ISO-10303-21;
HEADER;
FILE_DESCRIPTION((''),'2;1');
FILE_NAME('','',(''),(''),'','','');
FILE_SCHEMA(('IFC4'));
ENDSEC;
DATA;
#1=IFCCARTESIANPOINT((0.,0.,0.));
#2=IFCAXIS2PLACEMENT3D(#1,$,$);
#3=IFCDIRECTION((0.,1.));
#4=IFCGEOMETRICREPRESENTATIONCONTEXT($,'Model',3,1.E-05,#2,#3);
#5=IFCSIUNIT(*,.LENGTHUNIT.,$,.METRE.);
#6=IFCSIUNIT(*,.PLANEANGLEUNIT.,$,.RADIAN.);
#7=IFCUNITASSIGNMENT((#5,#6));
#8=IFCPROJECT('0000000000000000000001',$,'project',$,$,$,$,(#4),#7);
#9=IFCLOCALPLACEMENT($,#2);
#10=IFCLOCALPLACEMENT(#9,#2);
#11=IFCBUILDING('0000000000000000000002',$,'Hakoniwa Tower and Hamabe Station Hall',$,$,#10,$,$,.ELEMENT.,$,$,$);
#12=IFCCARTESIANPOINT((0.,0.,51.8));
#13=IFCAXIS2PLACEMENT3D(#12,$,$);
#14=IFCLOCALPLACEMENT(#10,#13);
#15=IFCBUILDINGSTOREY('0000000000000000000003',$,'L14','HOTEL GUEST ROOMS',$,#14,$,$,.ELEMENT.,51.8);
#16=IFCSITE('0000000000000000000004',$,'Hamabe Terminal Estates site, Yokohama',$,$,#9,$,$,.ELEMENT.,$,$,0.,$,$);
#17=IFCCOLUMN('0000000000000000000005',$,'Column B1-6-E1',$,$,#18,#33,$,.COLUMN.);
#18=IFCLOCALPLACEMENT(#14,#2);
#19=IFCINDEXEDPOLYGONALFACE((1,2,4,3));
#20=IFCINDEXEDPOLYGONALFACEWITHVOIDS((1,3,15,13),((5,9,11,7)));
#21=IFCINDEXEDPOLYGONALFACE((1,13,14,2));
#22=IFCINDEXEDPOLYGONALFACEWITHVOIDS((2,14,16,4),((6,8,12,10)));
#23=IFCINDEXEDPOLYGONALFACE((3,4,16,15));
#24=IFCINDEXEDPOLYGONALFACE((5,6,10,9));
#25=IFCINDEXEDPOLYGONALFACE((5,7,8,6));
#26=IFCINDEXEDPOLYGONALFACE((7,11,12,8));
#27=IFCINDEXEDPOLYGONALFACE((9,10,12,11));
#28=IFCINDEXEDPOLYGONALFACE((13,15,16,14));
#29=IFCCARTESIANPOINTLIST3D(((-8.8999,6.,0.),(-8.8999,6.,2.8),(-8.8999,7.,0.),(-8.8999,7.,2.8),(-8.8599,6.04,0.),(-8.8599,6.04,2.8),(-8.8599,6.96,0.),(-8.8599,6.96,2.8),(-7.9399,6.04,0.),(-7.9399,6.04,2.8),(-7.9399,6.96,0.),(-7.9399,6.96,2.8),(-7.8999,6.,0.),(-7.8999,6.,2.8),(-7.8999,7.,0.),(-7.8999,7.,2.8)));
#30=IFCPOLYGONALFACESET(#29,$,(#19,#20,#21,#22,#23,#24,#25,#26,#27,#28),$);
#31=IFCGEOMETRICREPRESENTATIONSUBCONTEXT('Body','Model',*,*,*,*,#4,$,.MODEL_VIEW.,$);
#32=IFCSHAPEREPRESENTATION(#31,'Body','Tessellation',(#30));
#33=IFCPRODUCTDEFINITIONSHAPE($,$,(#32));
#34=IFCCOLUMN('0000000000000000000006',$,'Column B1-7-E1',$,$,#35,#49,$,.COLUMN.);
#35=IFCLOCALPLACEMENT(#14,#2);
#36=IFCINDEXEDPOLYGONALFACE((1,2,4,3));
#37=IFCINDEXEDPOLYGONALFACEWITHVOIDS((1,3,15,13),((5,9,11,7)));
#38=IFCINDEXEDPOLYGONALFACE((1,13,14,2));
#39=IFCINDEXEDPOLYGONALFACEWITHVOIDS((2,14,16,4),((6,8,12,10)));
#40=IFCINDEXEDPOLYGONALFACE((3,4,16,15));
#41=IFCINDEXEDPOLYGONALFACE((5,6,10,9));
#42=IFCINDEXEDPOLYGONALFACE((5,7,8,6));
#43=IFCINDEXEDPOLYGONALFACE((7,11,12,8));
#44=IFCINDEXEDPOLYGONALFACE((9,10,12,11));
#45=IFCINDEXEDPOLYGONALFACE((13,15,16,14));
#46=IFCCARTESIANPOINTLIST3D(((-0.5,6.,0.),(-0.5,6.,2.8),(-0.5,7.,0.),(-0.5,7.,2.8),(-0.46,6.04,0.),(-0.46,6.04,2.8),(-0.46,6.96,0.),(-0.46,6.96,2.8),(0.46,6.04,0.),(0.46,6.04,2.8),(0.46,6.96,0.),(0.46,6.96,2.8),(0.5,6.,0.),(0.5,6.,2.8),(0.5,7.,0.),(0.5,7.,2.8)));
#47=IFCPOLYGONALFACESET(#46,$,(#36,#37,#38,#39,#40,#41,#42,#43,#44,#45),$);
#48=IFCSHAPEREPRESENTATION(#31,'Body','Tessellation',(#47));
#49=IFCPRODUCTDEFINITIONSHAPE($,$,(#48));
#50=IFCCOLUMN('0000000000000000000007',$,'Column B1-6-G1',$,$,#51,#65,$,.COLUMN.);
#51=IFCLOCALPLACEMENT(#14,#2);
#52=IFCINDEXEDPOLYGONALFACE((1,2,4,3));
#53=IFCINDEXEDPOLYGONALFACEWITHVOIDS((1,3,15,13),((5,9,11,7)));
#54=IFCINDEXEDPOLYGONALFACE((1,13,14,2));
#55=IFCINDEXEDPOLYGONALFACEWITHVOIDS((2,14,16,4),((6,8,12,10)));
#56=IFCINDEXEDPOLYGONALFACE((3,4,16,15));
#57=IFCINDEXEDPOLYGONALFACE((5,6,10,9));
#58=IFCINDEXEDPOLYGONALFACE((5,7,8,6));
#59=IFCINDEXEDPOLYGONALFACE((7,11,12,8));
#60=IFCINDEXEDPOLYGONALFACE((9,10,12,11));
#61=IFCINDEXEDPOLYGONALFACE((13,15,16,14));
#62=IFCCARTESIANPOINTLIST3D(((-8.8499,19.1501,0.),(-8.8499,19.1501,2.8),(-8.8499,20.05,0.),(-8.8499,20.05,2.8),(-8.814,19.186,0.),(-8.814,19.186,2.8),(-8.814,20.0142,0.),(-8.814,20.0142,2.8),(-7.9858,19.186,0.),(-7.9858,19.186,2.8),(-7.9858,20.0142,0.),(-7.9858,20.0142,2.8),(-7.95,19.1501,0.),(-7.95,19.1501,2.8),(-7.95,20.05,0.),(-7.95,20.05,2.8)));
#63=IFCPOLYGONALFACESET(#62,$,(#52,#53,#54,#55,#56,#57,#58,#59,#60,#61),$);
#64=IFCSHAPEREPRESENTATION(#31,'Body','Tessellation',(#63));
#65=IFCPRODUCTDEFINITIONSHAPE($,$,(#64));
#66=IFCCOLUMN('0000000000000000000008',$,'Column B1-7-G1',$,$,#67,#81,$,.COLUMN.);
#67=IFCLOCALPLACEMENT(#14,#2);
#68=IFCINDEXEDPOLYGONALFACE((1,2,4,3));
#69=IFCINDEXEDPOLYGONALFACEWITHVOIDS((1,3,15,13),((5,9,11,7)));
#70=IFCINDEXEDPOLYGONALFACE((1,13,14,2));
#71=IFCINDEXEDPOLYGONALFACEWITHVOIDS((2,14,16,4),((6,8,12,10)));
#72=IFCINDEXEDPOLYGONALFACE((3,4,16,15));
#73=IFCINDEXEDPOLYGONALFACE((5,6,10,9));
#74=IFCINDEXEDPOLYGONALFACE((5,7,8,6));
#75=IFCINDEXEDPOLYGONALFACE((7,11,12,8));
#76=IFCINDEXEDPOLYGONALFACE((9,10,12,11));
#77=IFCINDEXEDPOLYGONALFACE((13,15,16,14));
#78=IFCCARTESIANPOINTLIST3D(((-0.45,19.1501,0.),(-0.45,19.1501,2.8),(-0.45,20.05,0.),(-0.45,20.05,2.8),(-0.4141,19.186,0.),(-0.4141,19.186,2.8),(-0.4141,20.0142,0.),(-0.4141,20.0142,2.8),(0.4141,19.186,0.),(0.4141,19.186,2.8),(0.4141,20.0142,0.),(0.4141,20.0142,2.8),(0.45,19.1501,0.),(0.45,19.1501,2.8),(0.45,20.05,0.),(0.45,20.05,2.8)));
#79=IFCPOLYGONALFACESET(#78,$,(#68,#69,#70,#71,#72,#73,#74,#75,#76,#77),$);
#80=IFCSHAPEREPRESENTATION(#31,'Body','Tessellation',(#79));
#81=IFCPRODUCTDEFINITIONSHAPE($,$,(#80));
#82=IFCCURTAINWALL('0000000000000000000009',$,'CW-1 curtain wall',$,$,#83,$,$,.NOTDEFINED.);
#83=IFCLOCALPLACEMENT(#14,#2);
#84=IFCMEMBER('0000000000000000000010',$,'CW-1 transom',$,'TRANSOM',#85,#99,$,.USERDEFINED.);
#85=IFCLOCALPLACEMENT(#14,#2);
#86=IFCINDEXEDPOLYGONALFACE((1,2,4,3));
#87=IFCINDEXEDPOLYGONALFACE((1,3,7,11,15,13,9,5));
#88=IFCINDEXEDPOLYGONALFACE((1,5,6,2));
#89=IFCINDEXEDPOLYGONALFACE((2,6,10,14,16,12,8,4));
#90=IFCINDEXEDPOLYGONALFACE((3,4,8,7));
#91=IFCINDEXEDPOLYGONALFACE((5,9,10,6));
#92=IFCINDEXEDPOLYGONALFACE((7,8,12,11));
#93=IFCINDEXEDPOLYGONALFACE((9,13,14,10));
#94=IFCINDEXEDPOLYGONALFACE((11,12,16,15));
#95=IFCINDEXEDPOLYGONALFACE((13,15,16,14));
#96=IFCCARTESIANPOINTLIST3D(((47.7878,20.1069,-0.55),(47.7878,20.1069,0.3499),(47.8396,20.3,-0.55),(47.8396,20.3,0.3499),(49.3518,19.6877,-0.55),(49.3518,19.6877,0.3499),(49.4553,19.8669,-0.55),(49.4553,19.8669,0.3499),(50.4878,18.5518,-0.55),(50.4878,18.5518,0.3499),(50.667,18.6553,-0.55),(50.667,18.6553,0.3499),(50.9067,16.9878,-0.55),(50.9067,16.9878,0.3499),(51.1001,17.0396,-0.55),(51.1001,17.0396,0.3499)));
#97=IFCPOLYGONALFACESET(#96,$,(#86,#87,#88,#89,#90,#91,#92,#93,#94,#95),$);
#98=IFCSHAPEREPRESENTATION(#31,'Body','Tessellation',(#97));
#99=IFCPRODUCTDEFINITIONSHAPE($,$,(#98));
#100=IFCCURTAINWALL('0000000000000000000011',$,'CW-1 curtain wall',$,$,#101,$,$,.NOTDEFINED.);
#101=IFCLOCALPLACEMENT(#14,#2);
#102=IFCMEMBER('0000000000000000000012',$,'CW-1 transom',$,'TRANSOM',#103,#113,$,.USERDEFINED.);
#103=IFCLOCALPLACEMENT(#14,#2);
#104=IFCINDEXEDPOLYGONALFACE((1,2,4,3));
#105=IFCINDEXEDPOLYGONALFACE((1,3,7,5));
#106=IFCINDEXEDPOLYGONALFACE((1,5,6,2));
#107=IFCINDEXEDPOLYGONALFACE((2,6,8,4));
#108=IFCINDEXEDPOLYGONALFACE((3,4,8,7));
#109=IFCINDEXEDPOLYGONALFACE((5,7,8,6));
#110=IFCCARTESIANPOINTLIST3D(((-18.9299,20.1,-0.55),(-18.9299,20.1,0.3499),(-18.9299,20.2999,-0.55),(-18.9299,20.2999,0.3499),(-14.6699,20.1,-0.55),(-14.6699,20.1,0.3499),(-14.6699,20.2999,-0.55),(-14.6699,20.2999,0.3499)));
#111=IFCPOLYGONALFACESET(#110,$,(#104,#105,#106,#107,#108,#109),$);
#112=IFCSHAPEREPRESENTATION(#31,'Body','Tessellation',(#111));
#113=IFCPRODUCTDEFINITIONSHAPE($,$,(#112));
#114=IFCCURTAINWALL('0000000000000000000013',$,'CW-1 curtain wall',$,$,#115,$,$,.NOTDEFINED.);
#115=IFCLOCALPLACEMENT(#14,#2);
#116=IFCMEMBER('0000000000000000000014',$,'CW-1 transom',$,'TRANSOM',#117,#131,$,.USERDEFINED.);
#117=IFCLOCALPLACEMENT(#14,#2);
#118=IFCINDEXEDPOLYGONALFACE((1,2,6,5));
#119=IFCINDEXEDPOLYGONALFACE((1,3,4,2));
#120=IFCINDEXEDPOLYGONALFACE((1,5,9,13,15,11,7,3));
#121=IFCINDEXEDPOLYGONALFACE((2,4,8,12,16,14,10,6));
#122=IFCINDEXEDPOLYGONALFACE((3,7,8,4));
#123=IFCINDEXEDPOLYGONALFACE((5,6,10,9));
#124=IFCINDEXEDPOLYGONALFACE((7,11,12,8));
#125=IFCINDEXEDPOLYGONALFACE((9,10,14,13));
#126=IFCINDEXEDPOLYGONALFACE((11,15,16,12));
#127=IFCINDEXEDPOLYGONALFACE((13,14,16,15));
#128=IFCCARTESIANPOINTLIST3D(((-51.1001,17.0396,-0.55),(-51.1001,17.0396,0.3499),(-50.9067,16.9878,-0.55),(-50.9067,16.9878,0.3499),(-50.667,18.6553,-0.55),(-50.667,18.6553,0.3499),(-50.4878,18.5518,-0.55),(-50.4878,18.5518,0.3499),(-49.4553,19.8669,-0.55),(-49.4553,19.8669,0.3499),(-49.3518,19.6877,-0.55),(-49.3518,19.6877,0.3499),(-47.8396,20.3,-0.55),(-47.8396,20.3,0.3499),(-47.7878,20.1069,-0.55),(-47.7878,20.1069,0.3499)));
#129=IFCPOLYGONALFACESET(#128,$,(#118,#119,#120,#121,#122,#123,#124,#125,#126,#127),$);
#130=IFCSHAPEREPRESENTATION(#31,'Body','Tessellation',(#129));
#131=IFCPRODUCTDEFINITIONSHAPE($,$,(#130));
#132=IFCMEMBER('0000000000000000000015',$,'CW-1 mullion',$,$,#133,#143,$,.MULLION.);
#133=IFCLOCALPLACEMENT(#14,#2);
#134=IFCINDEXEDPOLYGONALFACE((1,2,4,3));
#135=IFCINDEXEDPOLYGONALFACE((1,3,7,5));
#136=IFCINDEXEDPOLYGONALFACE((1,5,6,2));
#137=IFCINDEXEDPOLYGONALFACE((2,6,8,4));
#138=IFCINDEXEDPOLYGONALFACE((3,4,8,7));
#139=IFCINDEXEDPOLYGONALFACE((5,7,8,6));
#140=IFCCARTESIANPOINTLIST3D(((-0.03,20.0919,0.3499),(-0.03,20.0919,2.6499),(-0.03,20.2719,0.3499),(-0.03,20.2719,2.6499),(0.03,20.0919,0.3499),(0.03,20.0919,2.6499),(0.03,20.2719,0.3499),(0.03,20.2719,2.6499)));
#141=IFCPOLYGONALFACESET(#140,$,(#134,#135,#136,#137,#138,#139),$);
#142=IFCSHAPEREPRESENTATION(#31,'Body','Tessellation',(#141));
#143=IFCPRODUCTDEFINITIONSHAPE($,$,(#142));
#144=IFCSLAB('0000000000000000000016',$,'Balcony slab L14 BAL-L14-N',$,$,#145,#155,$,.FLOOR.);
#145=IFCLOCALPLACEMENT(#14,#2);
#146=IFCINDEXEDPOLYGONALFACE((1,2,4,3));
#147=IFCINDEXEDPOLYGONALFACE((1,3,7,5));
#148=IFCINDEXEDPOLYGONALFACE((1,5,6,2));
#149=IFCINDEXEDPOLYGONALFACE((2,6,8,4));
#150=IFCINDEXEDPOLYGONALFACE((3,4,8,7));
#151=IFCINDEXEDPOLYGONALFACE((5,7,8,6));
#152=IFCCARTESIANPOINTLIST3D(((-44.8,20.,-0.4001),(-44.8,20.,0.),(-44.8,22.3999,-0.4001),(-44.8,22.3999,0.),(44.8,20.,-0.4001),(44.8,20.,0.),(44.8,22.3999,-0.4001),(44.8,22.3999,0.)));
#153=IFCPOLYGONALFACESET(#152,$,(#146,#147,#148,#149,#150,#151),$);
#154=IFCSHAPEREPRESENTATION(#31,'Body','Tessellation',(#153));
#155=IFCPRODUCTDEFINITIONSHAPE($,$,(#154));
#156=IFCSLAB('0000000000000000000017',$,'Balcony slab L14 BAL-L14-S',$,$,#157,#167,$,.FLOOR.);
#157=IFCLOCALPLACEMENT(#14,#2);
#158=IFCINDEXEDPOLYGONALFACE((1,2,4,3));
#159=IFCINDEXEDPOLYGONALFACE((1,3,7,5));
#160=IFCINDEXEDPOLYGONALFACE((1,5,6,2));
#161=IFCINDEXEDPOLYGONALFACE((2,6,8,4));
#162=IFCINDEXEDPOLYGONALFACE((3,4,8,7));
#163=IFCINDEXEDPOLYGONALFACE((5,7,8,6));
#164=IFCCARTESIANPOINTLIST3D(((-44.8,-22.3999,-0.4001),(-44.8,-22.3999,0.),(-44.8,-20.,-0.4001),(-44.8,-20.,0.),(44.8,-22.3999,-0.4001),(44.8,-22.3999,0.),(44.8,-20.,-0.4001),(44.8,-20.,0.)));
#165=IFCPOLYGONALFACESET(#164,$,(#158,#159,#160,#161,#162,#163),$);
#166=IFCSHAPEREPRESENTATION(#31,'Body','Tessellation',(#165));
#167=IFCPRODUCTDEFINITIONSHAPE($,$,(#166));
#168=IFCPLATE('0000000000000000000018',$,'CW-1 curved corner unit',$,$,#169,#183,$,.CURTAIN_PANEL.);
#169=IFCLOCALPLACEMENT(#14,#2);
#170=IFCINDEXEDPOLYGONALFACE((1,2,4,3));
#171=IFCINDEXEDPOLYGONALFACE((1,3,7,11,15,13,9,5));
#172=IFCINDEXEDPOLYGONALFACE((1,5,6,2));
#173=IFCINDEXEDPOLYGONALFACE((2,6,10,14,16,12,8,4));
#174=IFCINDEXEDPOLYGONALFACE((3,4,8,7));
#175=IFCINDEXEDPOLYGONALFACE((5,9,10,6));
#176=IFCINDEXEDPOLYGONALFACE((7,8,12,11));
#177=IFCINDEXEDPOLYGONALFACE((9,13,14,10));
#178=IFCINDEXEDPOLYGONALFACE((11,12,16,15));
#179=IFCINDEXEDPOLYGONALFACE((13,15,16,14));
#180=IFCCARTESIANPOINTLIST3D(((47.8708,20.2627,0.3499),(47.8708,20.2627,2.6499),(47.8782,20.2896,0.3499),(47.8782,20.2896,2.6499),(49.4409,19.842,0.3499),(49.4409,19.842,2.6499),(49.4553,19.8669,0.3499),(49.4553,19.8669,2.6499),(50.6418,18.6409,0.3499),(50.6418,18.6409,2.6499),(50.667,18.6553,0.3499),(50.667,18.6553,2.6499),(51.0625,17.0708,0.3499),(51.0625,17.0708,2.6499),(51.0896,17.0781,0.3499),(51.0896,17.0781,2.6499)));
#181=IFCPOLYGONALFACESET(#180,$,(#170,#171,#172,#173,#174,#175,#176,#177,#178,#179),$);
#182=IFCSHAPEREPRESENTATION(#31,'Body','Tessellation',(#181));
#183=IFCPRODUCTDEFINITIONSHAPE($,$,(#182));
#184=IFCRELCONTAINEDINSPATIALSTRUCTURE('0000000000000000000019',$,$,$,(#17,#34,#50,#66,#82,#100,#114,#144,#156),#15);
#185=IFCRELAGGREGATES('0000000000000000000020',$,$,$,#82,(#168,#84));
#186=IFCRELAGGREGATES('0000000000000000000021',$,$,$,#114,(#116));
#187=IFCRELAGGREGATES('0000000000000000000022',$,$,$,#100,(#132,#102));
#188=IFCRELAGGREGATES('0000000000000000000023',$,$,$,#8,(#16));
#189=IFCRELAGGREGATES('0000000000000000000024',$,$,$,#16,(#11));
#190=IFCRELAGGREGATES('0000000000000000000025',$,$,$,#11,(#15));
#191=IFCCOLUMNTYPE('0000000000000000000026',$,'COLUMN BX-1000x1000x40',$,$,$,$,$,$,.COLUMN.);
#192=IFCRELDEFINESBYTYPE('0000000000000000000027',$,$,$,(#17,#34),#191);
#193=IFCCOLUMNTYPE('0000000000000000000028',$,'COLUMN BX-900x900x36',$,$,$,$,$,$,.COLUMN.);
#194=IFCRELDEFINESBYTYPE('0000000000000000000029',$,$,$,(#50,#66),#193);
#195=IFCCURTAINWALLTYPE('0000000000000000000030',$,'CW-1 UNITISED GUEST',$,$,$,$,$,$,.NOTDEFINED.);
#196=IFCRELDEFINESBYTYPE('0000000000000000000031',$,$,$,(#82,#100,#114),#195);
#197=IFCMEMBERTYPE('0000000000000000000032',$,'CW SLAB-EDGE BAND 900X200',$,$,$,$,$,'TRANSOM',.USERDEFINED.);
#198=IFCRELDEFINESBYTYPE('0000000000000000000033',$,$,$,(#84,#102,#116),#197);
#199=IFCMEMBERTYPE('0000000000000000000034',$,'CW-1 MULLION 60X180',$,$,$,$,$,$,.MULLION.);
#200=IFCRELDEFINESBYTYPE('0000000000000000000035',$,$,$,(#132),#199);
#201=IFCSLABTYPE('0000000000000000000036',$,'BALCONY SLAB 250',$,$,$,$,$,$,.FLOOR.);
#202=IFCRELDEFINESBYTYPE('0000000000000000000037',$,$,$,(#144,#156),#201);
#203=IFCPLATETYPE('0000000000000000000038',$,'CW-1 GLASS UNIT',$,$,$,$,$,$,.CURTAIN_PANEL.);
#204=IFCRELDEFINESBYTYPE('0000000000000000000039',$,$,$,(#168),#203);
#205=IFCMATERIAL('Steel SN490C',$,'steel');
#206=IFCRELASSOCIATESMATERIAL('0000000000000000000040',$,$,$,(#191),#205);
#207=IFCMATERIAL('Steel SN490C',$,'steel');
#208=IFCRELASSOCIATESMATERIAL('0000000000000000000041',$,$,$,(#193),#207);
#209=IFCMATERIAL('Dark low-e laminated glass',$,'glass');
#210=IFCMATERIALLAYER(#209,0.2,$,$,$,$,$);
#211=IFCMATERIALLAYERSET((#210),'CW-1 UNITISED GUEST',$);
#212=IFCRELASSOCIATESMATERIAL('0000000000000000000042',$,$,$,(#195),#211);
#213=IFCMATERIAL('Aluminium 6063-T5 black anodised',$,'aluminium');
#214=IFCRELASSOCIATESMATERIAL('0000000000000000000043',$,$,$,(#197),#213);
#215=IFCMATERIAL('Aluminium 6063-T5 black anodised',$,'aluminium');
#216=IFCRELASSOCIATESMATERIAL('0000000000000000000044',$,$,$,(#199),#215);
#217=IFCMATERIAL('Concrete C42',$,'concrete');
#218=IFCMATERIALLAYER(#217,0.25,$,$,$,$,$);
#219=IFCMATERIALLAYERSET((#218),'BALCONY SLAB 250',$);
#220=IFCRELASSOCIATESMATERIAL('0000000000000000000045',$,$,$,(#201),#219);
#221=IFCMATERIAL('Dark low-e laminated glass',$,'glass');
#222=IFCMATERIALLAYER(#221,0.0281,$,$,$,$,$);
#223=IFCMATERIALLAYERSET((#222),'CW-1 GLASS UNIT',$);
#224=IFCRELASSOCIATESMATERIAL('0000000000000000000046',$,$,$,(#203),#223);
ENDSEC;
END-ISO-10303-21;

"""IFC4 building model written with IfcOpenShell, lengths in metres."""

from ifc_helpers import new_model, si_unit, direction, frame, origin, origin_2d, place, context, subcontext, project, spatial, polyline, rectangle, hollow_rectangle, outline, extrude, material, layer, layer_set, material_profile, profile_set, type_object, element, aggregate, save


model = new_model("IFC4")

# Units and contexts
model_context = context("Model", 3, precision=1e-05, world=origin(), true_north=direction((0.0, 1.0)))
body_context = subcontext(model_context, "Body", "Model", "MODEL_VIEW")
ifc_project = project(units=[si_unit("LENGTHUNIT", "METRE"), si_unit("PLANEANGLEUNIT", "RADIAN")], contexts=[model_context])

# Site, building, storey
site_placement = place(None, origin())
site = spatial("IfcSite", under=ifc_project, at=site_placement, Name="Hamabe Terminal Estates site, Yokohama", CompositionType="ELEMENT", RefElevation=0.0)
building_placement = place(site_placement, origin())
building = spatial("IfcBuilding", under=site, at=building_placement, Name="Hakoniwa Tower and Hamabe Station Hall", CompositionType="ELEMENT")
storey_placement = place(building_placement, frame((0.0, 0.0, 51.8)))
storey = spatial("IfcBuildingStorey", under=building, at=storey_placement, Name="L14", Description="HOTEL GUEST ROOMS", CompositionType="ELEMENT", Elevation=51.8)

# Columns
ifc_material_1 = material(Name="Steel SN490C", Category="steel")
ifc_material_profile_1 = material_profile(ifc_material_1, hollow_rectangle(XDim=1.0, YDim=1.0, WallThickness=0.04, at=origin_2d()), Name="BX-1000x1000x40")
ifc_profile_set_1 = profile_set([ifc_material_profile_1], Name="Steel SN490C")
column_type_1 = type_object("IfcColumnType", Name="COLUMN BX-1000x1000x40", PredefinedType="COLUMN", material=ifc_profile_set_1)
for number, where, z_axis, x_axis, name in (
    (1, (-8.3999, 6.5, 0.0), (0.0, 0.0, 1.0), (1.0, 0.0, 0.0), "Column B1-6-E1"),
    (2, (0.0, 6.5, 0.0), (0.0, 0.0, 1.0), (1.0, 0.0, 0.0), "Column B1-7-E1"),
):
    element("IfcColumn", number, at=place(storey_placement, frame(where, z_axis=z_axis, x_axis=x_axis)), inside=storey, type_object=column_type_1, Name=name, PredefinedType="COLUMN", context=body_context, shape_type="SweptSolid", body=[
        extrude(hollow_rectangle(XDim=1.0, YDim=1.0, WallThickness=0.04, at=origin_2d()), origin(), (0.0, 0.0, 1.0), 2.8),
    ])
ifc_material_2 = material(Name="Steel SN490C", Category="steel")
ifc_material_profile_2 = material_profile(ifc_material_2, hollow_rectangle(XDim=0.8999, YDim=0.8999, WallThickness=0.0359, at=origin_2d()), Name="BX-900x900x36")
ifc_profile_set_2 = profile_set([ifc_material_profile_2], Name="Steel SN490C")
column_type_2 = type_object("IfcColumnType", Name="COLUMN BX-900x900x36", PredefinedType="COLUMN", material=ifc_profile_set_2)
for number, where, z_axis, x_axis, name in (
    (3, (-8.3999, 19.6001, 0.0), (0.0, 0.0, 1.0), (1.0, 0.0, 0.0), "Column B1-6-G1"),
    (4, (0.0, 19.6001, 0.0), (0.0, 0.0, 1.0), (1.0, 0.0, 0.0), "Column B1-7-G1"),
):
    element("IfcColumn", number, at=place(storey_placement, frame(where, z_axis=z_axis, x_axis=x_axis)), inside=storey, type_object=column_type_2, Name=name, PredefinedType="COLUMN", context=body_context, shape_type="SweptSolid", body=[
        extrude(hollow_rectangle(XDim=0.8999, YDim=0.8999, WallThickness=0.0359, at=origin_2d()), origin(), (0.0, 0.0, 1.0), 2.8),
    ])

# Curtain walls, members
ifc_material_3 = material(Name="Dark low-e laminated glass", Category="glass")
ifc_layer_1 = layer(ifc_material_3, 0.2)
ifc_layer_set_1 = layer_set([ifc_layer_1], Name="CW-1 UNITISED GUEST")
curtain_wall_type = type_object("IfcCurtainWallType", Name="CW-1 UNITISED GUEST", PredefinedType="NOTDEFINED", material=ifc_layer_set_1)
curtain_wall_1_placement = place(storey_placement, origin())
curtain_wall_1 = element("IfcCurtainWall", 5, at=curtain_wall_1_placement, inside=storey, type_object=curtain_wall_type, Name="CW-1 curtain wall", PredefinedType="NOTDEFINED")
ifc_material_4 = material(Name="Aluminium 6063-T5 black anodised", Category="aluminium")
ifc_material_profile_3 = material_profile(ifc_material_4, rectangle(XDim=0.2, YDim=0.8999, at=origin_2d()), Name="CW SLAB-EDGE BAND 900X200")
ifc_profile_set_3 = profile_set([ifc_material_profile_3], Name="Aluminium 6063-T5 black anodised")
member_type_1 = type_object("IfcMemberType", Name="CW SLAB-EDGE BAND 900X200", ElementType="TRANSOM", PredefinedType="USERDEFINED", material=ifc_profile_set_3)
member_1_placement = place(storey_placement, frame((0.0, 0.0, -0.55)))
member_1 = element("IfcMember", 6, at=member_1_placement, type_object=member_type_1, Name="CW-1 transom", ObjectType="TRANSOM", PredefinedType="USERDEFINED", context=body_context, shape_type="SweptSolid", body=[
    extrude(outline(polyline([(51.1001, 17.0396), (50.667, 18.6553), (49.4553, 19.8669), (47.8396, 20.3), (47.7878, 20.1069), (49.3518, 19.6877), (50.4878, 18.5518), (50.9067, 16.9878), (51.1001, 17.0396)])), origin(), (0.0, 0.0, 1.0), 0.8999),
])
curtain_wall_2_placement = place(storey_placement, origin())
curtain_wall_2 = element("IfcCurtainWall", 7, at=curtain_wall_2_placement, inside=storey, type_object=curtain_wall_type, Name="CW-1 curtain wall", PredefinedType="NOTDEFINED")
member_2_placement = place(storey_placement, frame((-14.6699, 20.2, -0.1001), z_axis=(-1.0, 0.0, 0.0), x_axis=(0.0, -1.0, 0.0)))
member_2 = element("IfcMember", 8, at=member_2_placement, type_object=member_type_1, Name="CW-1 transom", ObjectType="TRANSOM", PredefinedType="USERDEFINED", context=body_context, shape_type="SweptSolid", body=[
    extrude(rectangle(XDim=0.2, YDim=0.8999, at=origin_2d()), origin(), (0.0, 0.0, 1.0), 4.26),
])
curtain_wall_3_placement = place(storey_placement, origin())
curtain_wall_3 = element("IfcCurtainWall", 9, at=curtain_wall_3_placement, inside=storey, type_object=curtain_wall_type, Name="CW-1 curtain wall", PredefinedType="NOTDEFINED")
member_3_placement = place(storey_placement, frame((0.0, 0.0, -0.55)))
member_3 = element("IfcMember", 10, at=member_3_placement, type_object=member_type_1, Name="CW-1 transom", ObjectType="TRANSOM", PredefinedType="USERDEFINED", context=body_context, shape_type="SweptSolid", body=[
    extrude(outline(polyline([(-47.8396, 20.3), (-49.4553, 19.8669), (-50.667, 18.6553), (-51.1001, 17.0396), (-50.9067, 16.9878), (-50.4878, 18.5518), (-49.3518, 19.6877), (-47.7878, 20.1069), (-47.8396, 20.3)])), origin(), (0.0, 0.0, 1.0), 0.8999),
])

# Member
ifc_material_5 = material(Name="Aluminium 6063-T5 black anodised", Category="aluminium")
ifc_material_profile_4 = material_profile(ifc_material_5, rectangle(XDim=0.0601, YDim=0.1799, at=origin_2d()), Name="CW-1 MULLION 60X180")
ifc_profile_set_4 = profile_set([ifc_material_profile_4], Name="Aluminium 6063-T5 black anodised")
member_type_2 = type_object("IfcMemberType", Name="CW-1 MULLION 60X180", PredefinedType="MULLION", material=ifc_profile_set_4)
member_4_placement = place(storey_placement, frame((0.0, 20.1819, 0.3499), z_axis=(0.0, 0.0, 1.0), x_axis=(-1.0, 0.0, 0.0)))
member_4 = element("IfcMember", 11, at=member_4_placement, type_object=member_type_2, Name="CW-1 mullion", PredefinedType="MULLION", context=body_context, shape_type="SweptSolid", body=[
    extrude(rectangle(XDim=0.0601, YDim=0.1799, at=origin_2d()), origin(), (0.0, 0.0, 1.0), 2.3),
])

# Slabs
ifc_material_6 = material(Name="Concrete C42", Category="concrete")
ifc_layer_2 = layer(ifc_material_6, 0.25)
ifc_layer_set_2 = layer_set([ifc_layer_2], Name="BALCONY SLAB 250")
slab_type = type_object("IfcSlabType", Name="BALCONY SLAB 250", PredefinedType="FLOOR", material=ifc_layer_set_2)
slab_1_placement = place(storey_placement, frame((0.0, 0.0, -0.4001)))
element("IfcSlab", 12, at=slab_1_placement, inside=storey, type_object=slab_type, Name="Balcony slab L14 BAL-L14-N", PredefinedType="FLOOR", context=body_context, shape_type="SweptSolid", body=[
    extrude(outline(polyline([(-44.8, 20.0), (44.8, 20.0), (44.8, 22.3999), (-44.8, 22.3999), (-44.8, 20.0)])), origin(), (0.0, 0.0, 1.0), 0.4001),
])
slab_2_placement = place(storey_placement, frame((0.0, 0.0, -0.4001)))
element("IfcSlab", 13, at=slab_2_placement, inside=storey, type_object=slab_type, Name="Balcony slab L14 BAL-L14-S", PredefinedType="FLOOR", context=body_context, shape_type="SweptSolid", body=[
    extrude(outline(polyline([(-44.8, -22.3999), (44.8, -22.3999), (44.8, -20.0), (-44.8, -20.0), (-44.8, -22.3999)])), origin(), (0.0, 0.0, 1.0), 0.4001),
])

# Plate
ifc_material_7 = material(Name="Dark low-e laminated glass", Category="glass")
ifc_layer_3 = layer(ifc_material_7, 0.0281)
ifc_layer_set_3 = layer_set([ifc_layer_3], Name="CW-1 GLASS UNIT")
plate_type = type_object("IfcPlateType", Name="CW-1 GLASS UNIT", PredefinedType="CURTAIN_PANEL", material=ifc_layer_set_3)
plate_1_placement = place(storey_placement, frame((0.0, 0.0, 0.3499)))
plate_1 = element("IfcPlate", 14, at=plate_1_placement, type_object=plate_type, Name="CW-1 curved corner unit", PredefinedType="CURTAIN_PANEL", context=body_context, shape_type="SweptSolid", body=[
    extrude(outline(polyline([(51.0896, 17.0781), (50.667, 18.6553), (49.4553, 19.8669), (47.8782, 20.2896), (47.8708, 20.2627), (49.4409, 19.842), (50.6418, 18.6409), (51.0625, 17.0708), (51.0896, 17.0781)])), origin(), (0.0, 0.0, 1.0), 2.3),
])
aggregate(curtain_wall_1, [plate_1, member_1])
aggregate(curtain_wall_3, [member_3])

aggregate(curtain_wall_2, [member_4, member_2])

save(model, "model.ifc")
